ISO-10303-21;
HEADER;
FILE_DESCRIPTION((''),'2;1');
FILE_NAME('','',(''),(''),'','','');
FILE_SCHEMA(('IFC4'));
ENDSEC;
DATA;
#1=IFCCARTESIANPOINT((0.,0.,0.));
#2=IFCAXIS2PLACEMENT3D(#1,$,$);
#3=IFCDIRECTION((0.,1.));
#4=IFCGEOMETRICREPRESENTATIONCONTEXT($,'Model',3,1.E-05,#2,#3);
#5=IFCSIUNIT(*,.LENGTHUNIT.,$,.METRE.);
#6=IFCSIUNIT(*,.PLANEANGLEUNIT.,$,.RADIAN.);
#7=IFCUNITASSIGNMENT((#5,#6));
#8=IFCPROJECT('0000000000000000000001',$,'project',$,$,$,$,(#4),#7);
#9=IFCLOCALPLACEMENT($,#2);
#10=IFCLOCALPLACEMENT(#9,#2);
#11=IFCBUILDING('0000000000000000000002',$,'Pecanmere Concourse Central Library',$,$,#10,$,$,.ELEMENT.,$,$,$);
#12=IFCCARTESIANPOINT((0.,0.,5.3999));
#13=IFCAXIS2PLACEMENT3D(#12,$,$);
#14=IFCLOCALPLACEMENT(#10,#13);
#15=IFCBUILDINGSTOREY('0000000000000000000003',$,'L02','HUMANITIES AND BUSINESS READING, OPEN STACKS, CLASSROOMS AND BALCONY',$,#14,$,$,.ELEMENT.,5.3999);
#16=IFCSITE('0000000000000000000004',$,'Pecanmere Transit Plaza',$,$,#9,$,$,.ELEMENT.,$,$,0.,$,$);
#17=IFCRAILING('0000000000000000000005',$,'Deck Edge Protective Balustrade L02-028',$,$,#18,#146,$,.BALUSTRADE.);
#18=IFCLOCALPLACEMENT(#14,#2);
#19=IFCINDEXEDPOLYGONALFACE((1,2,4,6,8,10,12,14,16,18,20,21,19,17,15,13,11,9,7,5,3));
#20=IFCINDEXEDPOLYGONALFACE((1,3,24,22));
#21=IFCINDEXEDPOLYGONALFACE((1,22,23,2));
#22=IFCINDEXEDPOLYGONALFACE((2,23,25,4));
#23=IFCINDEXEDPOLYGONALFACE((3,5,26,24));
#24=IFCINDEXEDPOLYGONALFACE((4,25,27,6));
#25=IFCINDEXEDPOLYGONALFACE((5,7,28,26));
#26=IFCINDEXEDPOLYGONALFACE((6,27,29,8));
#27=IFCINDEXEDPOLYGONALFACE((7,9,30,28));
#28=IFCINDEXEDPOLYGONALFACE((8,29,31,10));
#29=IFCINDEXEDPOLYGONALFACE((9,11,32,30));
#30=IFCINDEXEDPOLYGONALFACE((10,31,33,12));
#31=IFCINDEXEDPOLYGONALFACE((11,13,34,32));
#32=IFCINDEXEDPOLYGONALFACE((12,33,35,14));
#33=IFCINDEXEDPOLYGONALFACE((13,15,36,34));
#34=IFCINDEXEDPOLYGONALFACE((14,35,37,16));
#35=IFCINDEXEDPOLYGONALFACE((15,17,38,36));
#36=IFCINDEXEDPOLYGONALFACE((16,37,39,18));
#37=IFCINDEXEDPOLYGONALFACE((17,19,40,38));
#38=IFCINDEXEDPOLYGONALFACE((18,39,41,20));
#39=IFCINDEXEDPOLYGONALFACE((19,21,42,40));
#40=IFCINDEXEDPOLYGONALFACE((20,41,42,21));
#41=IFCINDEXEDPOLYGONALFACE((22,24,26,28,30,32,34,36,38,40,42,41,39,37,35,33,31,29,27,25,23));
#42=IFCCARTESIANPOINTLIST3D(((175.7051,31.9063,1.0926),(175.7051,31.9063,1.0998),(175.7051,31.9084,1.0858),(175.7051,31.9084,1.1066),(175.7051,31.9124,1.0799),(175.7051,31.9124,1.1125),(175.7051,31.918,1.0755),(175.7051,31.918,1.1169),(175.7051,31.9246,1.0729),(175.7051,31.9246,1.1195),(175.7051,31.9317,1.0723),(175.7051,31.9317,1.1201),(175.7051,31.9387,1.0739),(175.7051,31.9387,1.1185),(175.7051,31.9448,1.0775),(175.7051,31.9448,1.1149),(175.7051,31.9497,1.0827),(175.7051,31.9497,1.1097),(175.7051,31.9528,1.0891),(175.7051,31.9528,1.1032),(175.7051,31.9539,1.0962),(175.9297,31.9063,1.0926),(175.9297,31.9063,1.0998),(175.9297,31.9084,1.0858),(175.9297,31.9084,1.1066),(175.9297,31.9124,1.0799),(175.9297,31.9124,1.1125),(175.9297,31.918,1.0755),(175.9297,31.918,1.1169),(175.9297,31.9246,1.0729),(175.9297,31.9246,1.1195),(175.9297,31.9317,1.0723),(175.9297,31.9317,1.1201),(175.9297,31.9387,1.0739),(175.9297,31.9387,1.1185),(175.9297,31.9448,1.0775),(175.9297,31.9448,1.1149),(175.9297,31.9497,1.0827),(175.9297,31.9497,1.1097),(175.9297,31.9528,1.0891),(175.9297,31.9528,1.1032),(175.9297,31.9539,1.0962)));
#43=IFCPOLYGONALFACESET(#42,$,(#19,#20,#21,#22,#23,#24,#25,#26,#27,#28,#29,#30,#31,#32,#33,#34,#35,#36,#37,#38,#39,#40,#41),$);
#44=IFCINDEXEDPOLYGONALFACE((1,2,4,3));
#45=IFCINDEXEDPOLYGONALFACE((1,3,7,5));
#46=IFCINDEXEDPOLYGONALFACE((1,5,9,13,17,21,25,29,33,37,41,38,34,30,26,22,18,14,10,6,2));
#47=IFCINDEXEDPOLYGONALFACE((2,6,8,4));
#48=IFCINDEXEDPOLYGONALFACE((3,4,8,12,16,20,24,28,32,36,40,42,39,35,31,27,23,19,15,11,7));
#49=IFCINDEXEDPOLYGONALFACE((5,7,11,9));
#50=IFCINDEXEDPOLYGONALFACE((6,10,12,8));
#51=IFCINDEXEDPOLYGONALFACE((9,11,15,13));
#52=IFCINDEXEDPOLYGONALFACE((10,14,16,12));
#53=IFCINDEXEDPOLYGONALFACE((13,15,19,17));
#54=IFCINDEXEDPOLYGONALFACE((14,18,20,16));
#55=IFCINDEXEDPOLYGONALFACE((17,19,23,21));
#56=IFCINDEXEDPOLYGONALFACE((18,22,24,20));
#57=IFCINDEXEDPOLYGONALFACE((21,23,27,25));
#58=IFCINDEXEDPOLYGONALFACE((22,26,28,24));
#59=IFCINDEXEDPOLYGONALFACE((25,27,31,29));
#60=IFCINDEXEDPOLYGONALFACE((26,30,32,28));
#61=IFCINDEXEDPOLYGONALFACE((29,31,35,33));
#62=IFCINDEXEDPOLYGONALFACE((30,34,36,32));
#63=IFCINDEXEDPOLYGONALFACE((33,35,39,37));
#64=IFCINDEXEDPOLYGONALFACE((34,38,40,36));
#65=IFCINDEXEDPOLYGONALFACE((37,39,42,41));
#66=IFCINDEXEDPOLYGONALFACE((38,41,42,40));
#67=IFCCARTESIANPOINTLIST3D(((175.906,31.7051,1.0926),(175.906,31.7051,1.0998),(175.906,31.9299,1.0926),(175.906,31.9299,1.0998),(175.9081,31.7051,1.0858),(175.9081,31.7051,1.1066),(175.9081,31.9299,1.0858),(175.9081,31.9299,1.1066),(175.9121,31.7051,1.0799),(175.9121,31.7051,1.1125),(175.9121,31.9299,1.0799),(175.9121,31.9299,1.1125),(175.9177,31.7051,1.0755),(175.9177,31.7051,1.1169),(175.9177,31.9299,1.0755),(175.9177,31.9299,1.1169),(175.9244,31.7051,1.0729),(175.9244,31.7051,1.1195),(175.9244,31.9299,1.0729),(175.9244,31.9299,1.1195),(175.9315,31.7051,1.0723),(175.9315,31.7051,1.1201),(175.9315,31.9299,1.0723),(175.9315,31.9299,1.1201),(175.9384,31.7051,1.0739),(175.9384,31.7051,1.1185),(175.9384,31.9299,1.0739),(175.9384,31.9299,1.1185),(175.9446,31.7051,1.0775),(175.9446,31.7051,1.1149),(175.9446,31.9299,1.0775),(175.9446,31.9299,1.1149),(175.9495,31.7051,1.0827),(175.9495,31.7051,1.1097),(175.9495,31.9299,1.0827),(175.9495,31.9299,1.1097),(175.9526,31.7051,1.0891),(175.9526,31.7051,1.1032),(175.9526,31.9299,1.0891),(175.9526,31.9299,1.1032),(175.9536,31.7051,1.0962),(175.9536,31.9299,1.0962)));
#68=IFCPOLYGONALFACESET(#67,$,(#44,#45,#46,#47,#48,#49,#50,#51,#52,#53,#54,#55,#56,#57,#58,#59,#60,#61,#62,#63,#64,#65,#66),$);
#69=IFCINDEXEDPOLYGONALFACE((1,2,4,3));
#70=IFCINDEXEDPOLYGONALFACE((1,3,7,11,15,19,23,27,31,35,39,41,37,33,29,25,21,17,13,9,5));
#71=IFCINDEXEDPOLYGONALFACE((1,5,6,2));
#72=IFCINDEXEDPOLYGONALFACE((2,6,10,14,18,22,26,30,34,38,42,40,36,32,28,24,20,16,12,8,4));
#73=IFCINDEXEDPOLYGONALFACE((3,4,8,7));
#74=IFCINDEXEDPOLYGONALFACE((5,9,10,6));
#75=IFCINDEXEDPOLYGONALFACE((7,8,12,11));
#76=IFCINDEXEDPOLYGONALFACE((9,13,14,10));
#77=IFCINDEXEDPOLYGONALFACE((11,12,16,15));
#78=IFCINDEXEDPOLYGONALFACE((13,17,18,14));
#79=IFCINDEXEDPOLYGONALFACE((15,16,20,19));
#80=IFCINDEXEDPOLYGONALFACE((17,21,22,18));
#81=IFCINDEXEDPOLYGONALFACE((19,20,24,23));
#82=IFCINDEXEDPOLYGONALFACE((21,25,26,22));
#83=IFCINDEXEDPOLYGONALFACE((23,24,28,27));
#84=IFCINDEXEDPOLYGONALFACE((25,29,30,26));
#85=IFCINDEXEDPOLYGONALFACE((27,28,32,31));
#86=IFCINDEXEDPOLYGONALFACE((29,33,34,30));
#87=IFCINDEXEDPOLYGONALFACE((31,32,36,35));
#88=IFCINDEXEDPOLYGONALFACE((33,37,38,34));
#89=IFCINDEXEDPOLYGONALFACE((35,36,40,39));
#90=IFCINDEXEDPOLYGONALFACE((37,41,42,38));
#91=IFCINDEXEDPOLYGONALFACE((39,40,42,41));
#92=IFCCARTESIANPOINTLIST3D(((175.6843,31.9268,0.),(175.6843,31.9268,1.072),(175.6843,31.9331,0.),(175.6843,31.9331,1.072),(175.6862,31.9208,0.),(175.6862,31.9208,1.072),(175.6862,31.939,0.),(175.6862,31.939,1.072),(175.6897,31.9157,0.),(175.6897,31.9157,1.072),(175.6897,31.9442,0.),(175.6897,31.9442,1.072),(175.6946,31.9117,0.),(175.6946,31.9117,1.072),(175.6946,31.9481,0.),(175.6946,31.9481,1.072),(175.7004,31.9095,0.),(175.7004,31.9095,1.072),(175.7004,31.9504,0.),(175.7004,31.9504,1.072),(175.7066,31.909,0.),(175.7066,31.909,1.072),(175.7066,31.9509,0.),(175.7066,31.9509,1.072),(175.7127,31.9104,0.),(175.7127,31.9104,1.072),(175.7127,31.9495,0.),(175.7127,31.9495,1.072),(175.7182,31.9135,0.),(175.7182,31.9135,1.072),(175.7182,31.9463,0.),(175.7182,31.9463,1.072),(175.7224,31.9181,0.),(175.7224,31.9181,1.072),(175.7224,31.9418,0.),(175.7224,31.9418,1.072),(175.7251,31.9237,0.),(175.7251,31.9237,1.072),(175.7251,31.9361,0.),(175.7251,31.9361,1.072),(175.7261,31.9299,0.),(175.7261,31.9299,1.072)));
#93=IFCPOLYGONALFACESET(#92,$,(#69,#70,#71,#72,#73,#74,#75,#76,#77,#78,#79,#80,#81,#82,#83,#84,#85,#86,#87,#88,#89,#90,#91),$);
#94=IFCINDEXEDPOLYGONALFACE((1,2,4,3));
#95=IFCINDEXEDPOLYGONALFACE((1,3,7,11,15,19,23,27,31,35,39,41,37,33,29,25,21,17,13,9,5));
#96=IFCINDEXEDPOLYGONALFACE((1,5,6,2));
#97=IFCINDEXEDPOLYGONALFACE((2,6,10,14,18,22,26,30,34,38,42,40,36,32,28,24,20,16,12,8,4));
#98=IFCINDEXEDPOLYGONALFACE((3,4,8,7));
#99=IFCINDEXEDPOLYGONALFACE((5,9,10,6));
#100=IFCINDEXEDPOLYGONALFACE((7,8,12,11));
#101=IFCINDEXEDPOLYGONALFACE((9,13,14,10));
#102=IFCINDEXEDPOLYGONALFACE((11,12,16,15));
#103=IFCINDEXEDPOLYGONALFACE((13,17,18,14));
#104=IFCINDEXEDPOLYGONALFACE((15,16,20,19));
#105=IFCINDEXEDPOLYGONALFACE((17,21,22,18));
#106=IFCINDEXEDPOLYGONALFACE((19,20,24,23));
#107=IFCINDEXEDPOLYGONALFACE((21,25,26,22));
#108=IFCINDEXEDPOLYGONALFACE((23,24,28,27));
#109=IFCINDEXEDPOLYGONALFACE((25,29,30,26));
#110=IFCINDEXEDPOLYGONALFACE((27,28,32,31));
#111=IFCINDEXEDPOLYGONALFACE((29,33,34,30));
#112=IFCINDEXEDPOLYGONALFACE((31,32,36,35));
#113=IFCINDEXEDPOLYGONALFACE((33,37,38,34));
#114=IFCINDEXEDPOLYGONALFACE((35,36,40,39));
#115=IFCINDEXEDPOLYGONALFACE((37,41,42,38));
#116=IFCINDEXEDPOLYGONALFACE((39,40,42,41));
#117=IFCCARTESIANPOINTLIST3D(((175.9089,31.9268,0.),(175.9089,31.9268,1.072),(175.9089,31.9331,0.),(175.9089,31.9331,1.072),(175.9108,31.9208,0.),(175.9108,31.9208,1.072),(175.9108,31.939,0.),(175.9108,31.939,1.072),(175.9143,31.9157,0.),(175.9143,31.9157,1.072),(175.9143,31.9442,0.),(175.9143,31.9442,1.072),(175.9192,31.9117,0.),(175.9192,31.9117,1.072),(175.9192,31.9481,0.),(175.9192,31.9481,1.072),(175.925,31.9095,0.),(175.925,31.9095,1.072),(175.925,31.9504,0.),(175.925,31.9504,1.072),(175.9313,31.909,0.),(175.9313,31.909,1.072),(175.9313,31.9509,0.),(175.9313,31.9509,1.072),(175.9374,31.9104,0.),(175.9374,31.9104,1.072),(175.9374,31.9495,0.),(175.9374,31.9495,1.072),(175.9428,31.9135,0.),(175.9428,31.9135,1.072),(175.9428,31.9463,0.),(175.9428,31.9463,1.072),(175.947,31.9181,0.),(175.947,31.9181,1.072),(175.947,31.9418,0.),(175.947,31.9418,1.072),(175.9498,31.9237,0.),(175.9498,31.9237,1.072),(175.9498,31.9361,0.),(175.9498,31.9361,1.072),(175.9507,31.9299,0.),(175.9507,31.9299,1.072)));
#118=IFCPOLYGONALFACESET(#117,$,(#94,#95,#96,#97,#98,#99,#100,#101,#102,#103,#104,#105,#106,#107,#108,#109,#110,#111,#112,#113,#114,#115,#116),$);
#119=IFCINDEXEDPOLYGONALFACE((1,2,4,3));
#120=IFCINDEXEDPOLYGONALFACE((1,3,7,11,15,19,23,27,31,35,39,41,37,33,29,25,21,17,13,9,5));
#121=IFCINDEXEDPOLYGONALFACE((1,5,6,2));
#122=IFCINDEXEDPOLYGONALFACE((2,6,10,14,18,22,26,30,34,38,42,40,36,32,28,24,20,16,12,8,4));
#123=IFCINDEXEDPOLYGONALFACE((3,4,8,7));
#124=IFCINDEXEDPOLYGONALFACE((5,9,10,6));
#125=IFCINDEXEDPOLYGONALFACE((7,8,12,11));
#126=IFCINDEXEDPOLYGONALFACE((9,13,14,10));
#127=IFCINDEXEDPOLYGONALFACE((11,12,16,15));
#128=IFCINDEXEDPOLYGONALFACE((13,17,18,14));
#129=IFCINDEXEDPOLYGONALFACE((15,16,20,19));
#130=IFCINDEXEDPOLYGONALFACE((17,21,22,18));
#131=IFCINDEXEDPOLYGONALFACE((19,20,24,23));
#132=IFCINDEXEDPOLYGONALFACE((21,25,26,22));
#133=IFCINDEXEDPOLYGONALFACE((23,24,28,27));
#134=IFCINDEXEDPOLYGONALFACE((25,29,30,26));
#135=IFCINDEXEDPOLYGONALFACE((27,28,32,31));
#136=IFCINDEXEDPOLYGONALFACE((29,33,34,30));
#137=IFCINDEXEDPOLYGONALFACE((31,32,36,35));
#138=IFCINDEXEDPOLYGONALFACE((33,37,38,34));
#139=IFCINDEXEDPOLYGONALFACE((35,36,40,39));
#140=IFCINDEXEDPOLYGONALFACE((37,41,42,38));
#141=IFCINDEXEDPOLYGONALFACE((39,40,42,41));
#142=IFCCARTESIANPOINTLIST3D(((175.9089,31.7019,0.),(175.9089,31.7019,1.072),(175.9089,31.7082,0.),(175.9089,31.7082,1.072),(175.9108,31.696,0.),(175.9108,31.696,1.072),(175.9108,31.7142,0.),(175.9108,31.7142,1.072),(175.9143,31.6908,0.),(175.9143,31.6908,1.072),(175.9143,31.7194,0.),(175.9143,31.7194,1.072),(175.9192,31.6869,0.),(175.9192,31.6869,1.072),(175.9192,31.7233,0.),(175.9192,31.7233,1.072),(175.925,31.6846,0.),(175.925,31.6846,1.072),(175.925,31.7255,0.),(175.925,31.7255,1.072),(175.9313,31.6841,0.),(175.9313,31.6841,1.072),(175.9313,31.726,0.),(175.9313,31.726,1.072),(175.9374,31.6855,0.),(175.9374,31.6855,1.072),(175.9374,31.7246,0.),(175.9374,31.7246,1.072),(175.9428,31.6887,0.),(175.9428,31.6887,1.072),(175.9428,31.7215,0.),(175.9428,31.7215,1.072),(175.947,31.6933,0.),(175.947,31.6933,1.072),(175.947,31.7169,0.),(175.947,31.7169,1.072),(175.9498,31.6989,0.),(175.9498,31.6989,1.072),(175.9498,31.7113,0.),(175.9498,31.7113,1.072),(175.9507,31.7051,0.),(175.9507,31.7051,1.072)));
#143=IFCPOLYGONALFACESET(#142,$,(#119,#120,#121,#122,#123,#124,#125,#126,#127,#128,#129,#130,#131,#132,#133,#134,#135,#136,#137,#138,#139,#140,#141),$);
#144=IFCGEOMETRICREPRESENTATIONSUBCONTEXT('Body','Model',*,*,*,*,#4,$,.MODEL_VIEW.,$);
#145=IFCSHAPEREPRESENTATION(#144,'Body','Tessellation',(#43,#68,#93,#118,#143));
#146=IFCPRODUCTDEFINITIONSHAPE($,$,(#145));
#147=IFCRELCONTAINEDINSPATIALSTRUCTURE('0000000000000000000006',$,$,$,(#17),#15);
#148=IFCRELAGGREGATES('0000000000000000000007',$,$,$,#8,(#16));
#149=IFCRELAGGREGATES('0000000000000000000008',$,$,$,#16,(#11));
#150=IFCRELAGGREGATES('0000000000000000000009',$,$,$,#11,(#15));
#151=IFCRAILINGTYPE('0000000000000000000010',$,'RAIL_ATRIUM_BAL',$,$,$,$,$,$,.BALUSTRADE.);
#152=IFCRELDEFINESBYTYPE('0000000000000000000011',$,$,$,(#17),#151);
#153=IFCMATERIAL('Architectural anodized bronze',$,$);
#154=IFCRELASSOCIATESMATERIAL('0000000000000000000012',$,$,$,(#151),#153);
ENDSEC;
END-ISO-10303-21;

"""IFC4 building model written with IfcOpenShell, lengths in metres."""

from ifc_helpers import new_model, si_unit, direction, frame, origin, origin_2d, place, context, subcontext, project, spatial, circle, extrude, material, type_object, element, save


model = new_model("IFC4")

# Units and contexts
model_context = context("Model", 3, precision=1e-05, world=origin(), true_north=direction((0.0, 1.0)))
body_context = subcontext(model_context, "Body", "Model", "MODEL_VIEW")
ifc_project = project(units=[si_unit("LENGTHUNIT", "METRE"), si_unit("PLANEANGLEUNIT", "RADIAN")], contexts=[model_context])

# Site, building, storey
site_placement = place(None, origin())
site = spatial("IfcSite", under=ifc_project, at=site_placement, Name="Pecanmere Transit Plaza", CompositionType="ELEMENT", RefElevation=0.0)
building_placement = place(site_placement, origin())
building = spatial("IfcBuilding", under=site, at=building_placement, Name="Pecanmere Concourse Central Library", CompositionType="ELEMENT")
storey_placement = place(building_placement, frame((0.0, 0.0, 5.3999)))
storey = spatial("IfcBuildingStorey", under=building, at=storey_placement, Name="L02", Description="HUMANITIES AND BUSINESS READING, OPEN STACKS, CLASSROOMS AND BALCONY", CompositionType="ELEMENT", Elevation=5.3999)

# Railing
ifc_material_1 = material(Name="Architectural anodized bronze")
railing_type = type_object("IfcRailingType", Name="RAIL_ATRIUM_BAL", PredefinedType="BALUSTRADE", material=ifc_material_1)
railing_1_placement = place(storey_placement, frame((175.7051, 31.9299, 0.0)))
element("IfcRailing", 1, at=railing_1_placement, inside=storey, type_object=railing_type, Name="Deck Edge Protective Balustrade L02-028", PredefinedType="BALUSTRADE", context=body_context, shape_type="SweptSolid", body=[
    extrude(circle(Radius=0.0239, at=origin_2d()), frame((0.0, 0.0, 1.0962), z_axis=(1.0, 0.0, 0.0), x_axis=(0.0, 1.0, 0.0)), (0.0, 0.0, 1.0), 0.2246),
    extrude(circle(Radius=0.0239, at=origin_2d()), frame((0.2246, 0.0, 1.0962), z_axis=(0.0, -1.0, 0.0), x_axis=(1.0, 0.0, 0.0)), (0.0, 0.0, 1.0), 0.2249),
    extrude(circle(Radius=0.021, at=origin_2d()), origin(), (0.0, 0.0, 1.0), 1.072),
    extrude(circle(Radius=0.021, at=origin_2d()), frame((0.2246, 0.0, 0.0)), (0.0, 0.0, 1.0), 1.072),
    extrude(circle(Radius=0.021, at=origin_2d()), frame((0.2246, -0.2249, 0.0)), (0.0, 0.0, 1.0), 1.072),
])

save(model, "model.ifc")
